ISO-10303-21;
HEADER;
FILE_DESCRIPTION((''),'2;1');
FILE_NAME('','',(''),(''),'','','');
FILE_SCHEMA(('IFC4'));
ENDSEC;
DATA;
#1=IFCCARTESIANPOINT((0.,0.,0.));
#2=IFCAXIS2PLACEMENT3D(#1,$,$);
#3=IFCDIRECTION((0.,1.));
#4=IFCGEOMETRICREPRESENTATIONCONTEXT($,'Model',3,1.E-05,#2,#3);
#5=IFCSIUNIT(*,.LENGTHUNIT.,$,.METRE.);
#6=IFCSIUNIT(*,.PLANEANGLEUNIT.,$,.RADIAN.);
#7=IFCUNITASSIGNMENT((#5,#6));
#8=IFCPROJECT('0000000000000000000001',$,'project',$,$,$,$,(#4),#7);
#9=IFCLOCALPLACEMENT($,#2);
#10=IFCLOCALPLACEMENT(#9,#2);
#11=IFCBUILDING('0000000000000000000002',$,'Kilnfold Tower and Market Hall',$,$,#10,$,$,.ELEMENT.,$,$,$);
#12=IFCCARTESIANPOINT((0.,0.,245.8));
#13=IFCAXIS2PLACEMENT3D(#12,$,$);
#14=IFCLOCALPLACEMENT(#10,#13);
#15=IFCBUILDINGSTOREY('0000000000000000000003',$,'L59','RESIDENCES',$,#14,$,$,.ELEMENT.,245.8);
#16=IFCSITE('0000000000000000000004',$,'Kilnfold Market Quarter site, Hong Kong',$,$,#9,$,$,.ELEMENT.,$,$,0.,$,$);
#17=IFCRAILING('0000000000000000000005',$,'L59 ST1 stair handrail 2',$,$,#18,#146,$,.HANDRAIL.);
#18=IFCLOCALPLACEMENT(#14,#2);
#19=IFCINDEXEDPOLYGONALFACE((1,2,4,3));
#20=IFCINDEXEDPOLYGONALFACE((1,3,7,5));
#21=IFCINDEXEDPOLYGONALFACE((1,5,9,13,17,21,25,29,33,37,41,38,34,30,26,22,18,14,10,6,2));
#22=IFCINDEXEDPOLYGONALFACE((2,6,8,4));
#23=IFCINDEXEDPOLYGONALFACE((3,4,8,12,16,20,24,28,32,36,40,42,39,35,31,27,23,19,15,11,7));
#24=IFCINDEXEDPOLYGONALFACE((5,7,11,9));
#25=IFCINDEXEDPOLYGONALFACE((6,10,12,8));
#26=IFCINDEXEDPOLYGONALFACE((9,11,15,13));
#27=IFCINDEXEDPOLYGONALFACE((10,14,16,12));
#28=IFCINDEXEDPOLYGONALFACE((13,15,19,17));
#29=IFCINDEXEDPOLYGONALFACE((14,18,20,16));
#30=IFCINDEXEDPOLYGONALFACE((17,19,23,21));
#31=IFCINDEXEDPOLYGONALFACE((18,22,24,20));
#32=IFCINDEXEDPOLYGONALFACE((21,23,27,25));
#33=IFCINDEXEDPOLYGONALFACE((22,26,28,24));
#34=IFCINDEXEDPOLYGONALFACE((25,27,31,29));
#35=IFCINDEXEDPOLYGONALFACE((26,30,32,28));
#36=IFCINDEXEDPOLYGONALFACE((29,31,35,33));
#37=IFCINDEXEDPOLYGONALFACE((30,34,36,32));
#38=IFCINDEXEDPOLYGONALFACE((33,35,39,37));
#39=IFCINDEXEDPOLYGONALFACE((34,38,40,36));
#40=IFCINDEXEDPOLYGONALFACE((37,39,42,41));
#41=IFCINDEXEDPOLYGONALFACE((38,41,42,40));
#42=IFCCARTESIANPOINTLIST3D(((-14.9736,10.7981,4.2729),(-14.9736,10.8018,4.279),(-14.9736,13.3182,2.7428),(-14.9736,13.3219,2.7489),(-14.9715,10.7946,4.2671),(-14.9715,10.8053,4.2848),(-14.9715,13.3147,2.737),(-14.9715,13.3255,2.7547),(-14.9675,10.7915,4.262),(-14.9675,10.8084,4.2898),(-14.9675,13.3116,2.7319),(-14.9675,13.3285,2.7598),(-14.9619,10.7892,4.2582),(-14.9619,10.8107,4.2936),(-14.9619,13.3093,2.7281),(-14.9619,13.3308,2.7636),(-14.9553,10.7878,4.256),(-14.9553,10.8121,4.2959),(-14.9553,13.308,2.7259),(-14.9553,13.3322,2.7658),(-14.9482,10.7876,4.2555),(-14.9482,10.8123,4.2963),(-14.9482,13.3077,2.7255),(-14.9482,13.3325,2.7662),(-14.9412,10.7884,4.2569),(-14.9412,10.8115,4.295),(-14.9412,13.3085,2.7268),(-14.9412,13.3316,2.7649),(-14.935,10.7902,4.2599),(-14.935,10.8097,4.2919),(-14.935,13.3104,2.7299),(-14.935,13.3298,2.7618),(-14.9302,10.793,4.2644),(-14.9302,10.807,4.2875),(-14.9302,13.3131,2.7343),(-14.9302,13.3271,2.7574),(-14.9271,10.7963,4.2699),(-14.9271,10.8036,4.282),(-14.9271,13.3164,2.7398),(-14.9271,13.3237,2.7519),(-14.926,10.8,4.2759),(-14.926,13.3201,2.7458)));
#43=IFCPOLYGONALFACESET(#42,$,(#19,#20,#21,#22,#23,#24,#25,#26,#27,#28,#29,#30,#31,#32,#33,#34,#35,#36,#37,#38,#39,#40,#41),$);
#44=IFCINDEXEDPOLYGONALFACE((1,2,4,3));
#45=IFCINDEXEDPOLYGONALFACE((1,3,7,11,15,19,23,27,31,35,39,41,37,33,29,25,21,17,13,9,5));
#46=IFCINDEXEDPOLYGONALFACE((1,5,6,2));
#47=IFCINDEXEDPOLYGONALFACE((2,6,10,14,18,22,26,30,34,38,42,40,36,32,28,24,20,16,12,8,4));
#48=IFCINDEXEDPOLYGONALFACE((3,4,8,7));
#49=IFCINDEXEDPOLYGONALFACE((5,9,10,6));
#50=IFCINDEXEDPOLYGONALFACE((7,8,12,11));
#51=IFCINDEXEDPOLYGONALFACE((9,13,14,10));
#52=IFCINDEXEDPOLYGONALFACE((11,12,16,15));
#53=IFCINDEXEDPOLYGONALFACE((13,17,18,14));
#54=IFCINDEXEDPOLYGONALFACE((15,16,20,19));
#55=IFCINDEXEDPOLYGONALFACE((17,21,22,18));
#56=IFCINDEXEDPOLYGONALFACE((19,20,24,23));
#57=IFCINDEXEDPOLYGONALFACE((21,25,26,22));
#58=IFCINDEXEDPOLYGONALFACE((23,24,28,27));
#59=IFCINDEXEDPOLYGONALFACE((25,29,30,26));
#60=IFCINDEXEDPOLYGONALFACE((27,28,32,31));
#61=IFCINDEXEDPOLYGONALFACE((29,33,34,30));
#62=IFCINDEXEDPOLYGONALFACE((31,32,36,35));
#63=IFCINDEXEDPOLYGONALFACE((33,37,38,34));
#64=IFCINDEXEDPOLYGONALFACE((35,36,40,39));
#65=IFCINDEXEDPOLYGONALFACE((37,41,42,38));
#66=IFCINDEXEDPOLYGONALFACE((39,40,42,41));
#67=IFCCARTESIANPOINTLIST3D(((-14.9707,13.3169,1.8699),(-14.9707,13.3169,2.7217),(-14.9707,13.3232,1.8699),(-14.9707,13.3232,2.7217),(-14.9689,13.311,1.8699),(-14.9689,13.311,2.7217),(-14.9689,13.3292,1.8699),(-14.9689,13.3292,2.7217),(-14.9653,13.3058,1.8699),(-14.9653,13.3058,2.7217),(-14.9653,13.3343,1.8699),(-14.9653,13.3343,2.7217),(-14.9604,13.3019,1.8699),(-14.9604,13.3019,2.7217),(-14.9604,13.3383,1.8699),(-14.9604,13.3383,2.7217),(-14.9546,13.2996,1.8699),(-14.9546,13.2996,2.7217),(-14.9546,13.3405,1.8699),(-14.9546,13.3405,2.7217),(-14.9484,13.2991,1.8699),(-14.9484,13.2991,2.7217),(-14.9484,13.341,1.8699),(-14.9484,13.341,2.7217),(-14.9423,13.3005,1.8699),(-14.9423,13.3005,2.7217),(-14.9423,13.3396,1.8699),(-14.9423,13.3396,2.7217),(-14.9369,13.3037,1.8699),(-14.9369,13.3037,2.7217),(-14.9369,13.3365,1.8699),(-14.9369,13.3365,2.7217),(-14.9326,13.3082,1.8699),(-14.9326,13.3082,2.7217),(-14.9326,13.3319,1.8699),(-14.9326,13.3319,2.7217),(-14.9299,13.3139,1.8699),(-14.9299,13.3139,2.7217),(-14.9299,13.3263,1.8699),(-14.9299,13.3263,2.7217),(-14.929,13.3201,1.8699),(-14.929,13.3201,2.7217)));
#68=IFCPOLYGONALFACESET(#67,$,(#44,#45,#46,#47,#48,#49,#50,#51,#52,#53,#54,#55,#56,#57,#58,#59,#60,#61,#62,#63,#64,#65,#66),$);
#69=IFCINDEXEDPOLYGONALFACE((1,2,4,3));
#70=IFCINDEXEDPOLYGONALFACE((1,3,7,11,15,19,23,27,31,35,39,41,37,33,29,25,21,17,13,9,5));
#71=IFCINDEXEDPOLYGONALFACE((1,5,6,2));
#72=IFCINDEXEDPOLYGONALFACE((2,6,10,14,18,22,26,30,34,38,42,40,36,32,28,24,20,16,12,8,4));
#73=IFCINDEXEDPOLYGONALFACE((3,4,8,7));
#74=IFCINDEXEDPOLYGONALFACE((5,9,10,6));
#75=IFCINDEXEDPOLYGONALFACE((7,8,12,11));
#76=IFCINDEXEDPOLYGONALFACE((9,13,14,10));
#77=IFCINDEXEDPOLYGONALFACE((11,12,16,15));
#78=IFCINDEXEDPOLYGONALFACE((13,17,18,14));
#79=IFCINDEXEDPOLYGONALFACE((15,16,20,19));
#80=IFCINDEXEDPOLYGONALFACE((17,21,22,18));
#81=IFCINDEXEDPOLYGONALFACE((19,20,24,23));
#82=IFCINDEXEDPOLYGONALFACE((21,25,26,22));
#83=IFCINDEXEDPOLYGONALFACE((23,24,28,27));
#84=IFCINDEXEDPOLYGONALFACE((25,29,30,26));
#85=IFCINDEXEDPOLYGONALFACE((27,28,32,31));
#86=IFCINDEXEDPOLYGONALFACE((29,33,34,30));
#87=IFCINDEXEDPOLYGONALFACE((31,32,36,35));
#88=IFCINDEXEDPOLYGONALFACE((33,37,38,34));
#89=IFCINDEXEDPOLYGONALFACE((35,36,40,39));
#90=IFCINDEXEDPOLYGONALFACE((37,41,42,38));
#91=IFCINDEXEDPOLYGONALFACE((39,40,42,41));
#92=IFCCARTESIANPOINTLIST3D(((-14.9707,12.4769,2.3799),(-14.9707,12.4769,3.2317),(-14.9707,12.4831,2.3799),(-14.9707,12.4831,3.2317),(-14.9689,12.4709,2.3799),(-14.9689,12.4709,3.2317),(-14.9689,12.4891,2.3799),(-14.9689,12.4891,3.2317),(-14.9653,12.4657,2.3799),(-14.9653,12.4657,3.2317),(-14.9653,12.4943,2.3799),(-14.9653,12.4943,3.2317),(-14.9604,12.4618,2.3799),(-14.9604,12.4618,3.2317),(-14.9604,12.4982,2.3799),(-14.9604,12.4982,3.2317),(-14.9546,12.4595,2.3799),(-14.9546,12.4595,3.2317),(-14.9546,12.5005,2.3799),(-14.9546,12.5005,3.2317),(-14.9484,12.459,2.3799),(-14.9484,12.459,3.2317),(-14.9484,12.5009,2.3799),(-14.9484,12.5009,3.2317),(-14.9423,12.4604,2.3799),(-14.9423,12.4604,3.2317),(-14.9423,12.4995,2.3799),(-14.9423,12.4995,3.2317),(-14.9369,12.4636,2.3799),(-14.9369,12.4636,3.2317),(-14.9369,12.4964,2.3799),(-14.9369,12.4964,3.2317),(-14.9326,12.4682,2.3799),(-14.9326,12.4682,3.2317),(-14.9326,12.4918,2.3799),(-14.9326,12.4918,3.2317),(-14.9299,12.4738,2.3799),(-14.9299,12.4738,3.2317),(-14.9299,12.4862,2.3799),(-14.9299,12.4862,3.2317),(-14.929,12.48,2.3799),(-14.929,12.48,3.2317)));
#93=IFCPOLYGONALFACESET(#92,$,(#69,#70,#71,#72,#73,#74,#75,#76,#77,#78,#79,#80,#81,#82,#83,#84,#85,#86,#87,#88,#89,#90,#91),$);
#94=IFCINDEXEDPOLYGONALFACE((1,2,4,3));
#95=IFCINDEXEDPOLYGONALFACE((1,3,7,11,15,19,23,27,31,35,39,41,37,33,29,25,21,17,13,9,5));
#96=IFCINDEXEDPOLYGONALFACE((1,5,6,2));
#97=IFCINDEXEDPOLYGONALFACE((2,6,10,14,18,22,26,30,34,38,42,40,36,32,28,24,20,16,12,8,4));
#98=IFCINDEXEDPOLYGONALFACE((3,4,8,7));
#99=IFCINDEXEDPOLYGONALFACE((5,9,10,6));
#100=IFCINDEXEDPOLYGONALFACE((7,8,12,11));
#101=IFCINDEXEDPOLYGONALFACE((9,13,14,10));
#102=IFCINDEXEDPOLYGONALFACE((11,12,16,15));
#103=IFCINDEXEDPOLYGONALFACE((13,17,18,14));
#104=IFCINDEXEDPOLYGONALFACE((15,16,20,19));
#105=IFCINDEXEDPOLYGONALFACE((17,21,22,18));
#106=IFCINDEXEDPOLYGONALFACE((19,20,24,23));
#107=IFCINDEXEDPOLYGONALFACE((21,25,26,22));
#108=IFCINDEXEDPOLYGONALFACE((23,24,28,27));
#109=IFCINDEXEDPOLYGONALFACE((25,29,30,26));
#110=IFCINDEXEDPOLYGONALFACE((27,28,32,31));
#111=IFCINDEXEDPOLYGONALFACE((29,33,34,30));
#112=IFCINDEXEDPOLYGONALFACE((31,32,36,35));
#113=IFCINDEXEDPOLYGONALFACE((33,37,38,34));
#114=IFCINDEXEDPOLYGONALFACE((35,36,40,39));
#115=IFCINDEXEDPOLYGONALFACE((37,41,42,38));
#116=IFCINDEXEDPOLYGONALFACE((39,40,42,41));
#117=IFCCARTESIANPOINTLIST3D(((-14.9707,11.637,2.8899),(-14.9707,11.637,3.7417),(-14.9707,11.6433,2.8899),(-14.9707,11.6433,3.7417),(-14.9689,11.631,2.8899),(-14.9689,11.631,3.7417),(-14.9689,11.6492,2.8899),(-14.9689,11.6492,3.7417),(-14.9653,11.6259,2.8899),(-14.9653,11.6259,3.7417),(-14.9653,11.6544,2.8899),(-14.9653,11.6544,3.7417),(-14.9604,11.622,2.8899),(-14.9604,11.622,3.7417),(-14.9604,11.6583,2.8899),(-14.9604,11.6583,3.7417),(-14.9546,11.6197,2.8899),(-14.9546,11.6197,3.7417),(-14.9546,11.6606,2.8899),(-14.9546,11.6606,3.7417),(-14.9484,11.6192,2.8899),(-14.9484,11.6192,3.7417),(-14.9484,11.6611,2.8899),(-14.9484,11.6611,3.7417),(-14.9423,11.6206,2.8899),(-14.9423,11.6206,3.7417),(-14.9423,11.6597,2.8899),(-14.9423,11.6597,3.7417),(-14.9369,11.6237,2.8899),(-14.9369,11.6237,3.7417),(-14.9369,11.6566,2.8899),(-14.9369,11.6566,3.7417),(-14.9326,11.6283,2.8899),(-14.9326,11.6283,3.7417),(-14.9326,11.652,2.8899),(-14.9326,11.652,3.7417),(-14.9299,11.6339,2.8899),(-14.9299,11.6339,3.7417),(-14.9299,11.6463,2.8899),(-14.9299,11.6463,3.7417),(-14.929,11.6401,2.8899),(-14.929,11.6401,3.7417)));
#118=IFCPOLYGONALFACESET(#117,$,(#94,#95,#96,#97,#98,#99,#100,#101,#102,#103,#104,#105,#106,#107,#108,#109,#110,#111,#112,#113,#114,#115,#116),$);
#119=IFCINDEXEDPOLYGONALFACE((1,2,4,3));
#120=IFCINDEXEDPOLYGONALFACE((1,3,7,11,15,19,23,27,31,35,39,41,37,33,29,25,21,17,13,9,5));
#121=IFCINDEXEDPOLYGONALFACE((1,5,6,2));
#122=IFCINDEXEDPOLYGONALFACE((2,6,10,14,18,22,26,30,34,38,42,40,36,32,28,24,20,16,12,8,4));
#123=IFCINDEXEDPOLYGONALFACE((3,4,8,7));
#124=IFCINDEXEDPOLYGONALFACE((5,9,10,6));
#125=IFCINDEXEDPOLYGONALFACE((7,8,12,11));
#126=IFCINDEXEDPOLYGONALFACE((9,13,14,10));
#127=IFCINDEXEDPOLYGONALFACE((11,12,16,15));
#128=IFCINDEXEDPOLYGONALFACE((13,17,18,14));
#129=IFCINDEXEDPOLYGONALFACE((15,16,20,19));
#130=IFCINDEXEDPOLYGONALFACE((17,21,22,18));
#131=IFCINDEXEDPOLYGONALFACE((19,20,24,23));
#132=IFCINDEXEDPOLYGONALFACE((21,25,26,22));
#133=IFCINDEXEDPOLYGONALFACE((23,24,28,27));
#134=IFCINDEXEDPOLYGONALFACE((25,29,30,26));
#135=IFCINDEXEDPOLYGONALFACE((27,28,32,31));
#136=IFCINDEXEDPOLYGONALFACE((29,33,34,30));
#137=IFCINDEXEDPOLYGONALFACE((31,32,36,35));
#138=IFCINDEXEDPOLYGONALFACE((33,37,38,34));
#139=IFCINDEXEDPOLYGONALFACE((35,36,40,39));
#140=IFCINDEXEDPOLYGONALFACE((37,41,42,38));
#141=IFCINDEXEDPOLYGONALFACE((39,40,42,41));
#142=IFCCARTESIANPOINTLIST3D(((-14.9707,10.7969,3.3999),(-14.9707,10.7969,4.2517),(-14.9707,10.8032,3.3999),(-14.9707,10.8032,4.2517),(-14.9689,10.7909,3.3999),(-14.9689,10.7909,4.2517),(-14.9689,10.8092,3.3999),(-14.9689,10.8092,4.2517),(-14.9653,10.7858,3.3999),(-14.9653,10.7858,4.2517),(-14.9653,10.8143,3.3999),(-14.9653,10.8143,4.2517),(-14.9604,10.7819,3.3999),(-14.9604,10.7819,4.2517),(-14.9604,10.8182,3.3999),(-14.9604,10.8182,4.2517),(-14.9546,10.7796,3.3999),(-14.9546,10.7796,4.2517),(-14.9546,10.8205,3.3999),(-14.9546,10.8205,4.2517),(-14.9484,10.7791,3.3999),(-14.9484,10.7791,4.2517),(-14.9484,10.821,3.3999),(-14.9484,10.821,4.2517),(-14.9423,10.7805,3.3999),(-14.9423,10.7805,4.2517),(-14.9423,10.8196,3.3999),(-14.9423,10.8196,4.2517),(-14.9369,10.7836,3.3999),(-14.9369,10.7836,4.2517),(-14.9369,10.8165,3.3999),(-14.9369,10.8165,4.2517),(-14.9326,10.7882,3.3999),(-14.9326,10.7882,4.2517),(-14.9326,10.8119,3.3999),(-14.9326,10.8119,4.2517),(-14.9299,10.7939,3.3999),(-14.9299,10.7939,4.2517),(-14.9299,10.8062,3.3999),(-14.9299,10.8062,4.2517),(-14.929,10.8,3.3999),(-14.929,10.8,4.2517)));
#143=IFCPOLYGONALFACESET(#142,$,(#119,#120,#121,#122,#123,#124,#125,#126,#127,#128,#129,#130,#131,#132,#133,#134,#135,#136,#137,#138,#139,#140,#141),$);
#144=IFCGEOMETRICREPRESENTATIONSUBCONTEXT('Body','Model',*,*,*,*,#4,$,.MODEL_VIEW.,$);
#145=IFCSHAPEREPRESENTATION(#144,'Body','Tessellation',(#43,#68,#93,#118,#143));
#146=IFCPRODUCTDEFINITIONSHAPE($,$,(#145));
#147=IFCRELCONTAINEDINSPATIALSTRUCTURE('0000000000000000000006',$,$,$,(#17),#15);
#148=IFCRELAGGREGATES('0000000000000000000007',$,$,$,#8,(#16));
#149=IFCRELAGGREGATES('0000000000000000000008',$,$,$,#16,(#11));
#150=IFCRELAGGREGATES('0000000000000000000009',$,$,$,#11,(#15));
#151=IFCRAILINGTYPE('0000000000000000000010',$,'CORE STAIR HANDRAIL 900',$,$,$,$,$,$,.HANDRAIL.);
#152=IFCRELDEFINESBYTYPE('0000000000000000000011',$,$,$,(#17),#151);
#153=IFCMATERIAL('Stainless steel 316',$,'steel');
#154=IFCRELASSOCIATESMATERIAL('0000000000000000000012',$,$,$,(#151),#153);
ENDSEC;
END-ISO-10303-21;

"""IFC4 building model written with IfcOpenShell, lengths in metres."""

from ifc_helpers import new_model, si_unit, direction, frame, origin, origin_2d, place, context, subcontext, project, spatial, circle, extrude, material, type_object, element, save


model = new_model("IFC4")

# Units and contexts
model_context = context("Model", 3, precision=1e-05, world=origin(), true_north=direction((0.0, 1.0)))
body_context = subcontext(model_context, "Body", "Model", "MODEL_VIEW")
ifc_project = project(units=[si_unit("LENGTHUNIT", "METRE"), si_unit("PLANEANGLEUNIT", "RADIAN")], contexts=[model_context])

# Site, building, storey
site_placement = place(None, origin())
site = spatial("IfcSite", under=ifc_project, at=site_placement, Name="Kilnfold Market Quarter site, Hong Kong", CompositionType="ELEMENT", RefElevation=0.0)
building_placement = place(site_placement, origin())
building = spatial("IfcBuilding", under=site, at=building_placement, Name="Kilnfold Tower and Market Hall", CompositionType="ELEMENT")
storey_placement = place(building_placement, frame((0.0, 0.0, 245.8)))
storey = spatial("IfcBuildingStorey", under=building, at=storey_placement, Name="L59", Description="RESIDENCES", CompositionType="ELEMENT", Elevation=245.8)

# Railing
ifc_material_1 = material(Name="Stainless steel 316", Category="steel")
railing_type = type_object("IfcRailingType", Name="CORE STAIR HANDRAIL 900", PredefinedType="HANDRAIL", material=ifc_material_1)
railing_placement = place(storey_placement, frame((-14.95, 13.3201, 1.8699)))
element("IfcRailing", 1, at=railing_placement, inside=storey, type_object=railing_type, Name="L59 ST1 stair handrail 2", PredefinedType="HANDRAIL", context=body_context, shape_type="SweptSolid", body=[
    extrude(circle(Radius=0.0239, at=origin_2d()), frame((0.0, 0.0, 0.876), z_axis=(0.0, -0.854785, 0.518982), x_axis=(1.0, 0.0, 0.0)), (0.0, 0.0, 1.0), 2.9482),
    extrude(circle(Radius=0.021, at=origin_2d()), origin(), (0.0, 0.0, 1.0), 0.8518),
    extrude(circle(Radius=0.021, at=origin_2d()), frame((0.0, -0.8401, 0.51)), (0.0, 0.0, 1.0), 0.8518),
    extrude(circle(Radius=0.021, at=origin_2d()), frame((0.0, -1.6799, 1.02)), (0.0, 0.0, 1.0), 0.8518),
    extrude(circle(Radius=0.021, at=origin_2d()), frame((0.0, -2.52, 1.53)), (0.0, 0.0, 1.0), 0.8518),
])

save(model, "model.ifc")
